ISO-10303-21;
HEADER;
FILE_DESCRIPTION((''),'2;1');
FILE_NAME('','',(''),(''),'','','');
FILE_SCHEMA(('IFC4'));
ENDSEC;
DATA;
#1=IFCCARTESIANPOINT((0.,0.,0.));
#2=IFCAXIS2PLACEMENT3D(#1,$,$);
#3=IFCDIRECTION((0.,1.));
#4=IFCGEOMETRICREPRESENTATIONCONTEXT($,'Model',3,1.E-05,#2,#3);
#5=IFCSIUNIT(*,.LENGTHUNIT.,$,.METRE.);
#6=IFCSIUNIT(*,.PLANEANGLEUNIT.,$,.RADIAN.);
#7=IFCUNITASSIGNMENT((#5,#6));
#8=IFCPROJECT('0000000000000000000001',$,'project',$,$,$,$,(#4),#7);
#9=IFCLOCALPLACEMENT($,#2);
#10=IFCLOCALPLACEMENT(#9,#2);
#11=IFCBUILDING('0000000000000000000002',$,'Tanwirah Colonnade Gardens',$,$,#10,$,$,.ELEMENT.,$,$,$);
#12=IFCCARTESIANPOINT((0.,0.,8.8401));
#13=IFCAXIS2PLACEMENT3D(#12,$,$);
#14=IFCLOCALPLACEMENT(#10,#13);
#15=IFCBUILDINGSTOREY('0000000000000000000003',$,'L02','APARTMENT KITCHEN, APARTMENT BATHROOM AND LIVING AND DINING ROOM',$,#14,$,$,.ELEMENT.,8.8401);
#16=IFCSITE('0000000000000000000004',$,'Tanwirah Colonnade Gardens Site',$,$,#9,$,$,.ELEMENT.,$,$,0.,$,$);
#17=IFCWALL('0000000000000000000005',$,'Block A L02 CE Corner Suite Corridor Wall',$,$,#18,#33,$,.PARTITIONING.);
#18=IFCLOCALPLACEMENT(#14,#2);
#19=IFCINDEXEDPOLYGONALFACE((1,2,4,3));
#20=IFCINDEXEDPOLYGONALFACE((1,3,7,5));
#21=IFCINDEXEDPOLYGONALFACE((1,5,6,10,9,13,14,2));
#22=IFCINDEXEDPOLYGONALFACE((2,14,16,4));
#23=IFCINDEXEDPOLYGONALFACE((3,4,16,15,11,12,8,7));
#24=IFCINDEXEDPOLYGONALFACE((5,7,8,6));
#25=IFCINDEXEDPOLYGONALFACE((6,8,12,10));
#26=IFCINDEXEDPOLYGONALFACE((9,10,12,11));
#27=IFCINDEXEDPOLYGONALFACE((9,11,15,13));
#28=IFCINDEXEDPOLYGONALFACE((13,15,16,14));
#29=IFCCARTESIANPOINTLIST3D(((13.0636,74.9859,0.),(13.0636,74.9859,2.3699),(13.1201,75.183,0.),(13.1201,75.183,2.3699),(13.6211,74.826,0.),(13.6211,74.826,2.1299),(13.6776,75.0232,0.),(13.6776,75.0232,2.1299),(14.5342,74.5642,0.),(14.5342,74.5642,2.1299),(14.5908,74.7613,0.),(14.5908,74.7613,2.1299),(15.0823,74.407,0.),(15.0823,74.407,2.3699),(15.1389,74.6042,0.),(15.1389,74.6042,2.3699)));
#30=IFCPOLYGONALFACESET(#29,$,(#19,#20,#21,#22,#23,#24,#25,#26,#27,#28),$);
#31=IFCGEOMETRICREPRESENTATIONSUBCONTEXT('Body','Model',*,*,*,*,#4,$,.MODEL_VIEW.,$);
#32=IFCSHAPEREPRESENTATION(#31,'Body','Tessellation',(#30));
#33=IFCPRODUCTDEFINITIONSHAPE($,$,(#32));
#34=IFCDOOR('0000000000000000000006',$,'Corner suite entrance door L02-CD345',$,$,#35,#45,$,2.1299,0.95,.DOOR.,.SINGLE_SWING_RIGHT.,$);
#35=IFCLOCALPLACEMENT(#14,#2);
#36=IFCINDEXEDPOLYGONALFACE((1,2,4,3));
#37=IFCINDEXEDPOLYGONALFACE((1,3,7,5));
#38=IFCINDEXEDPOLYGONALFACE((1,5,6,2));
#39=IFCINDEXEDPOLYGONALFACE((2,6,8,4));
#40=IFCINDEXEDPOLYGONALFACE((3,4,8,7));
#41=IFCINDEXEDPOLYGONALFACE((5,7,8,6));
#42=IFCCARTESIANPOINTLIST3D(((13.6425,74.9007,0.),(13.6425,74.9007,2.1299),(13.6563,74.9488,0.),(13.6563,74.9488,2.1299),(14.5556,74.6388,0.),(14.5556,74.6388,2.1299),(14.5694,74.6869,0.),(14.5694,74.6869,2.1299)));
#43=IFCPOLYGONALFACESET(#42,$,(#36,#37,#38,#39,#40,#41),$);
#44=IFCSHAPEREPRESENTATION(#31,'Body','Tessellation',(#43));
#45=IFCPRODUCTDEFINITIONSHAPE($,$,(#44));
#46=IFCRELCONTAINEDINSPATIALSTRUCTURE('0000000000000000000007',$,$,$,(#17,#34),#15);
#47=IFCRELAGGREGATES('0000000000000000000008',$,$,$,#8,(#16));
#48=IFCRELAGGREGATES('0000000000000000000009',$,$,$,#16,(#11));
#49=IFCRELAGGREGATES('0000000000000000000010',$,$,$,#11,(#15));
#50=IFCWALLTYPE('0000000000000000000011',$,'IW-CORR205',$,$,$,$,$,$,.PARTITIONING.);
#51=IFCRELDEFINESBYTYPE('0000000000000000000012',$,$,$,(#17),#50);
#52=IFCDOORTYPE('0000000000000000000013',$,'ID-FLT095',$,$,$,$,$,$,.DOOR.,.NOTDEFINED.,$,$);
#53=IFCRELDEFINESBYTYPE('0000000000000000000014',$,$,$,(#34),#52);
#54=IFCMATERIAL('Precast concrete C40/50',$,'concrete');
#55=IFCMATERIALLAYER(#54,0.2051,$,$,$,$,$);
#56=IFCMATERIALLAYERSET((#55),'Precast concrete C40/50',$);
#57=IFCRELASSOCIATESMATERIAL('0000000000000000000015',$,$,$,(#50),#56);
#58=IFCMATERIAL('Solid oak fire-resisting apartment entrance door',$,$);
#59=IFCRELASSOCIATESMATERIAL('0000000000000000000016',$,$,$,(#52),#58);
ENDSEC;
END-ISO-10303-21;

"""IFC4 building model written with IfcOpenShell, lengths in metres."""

from ifc_helpers import new_model, si_unit, direction, frame, frame_2d, origin, place, context, subcontext, project, spatial, rectangle, extrude, material, layer, layer_set, type_object, element, fill, save


model = new_model("IFC4")

# Units and contexts
model_context = context("Model", 3, precision=1e-05, world=origin(), true_north=direction((0.0, 1.0)))
body_context = subcontext(model_context, "Body", "Model", "MODEL_VIEW")
ifc_project = project(units=[si_unit("LENGTHUNIT", "METRE"), si_unit("PLANEANGLEUNIT", "RADIAN")], contexts=[model_context])

# Site, building, storey
site_placement = place(None, origin())
site = spatial("IfcSite", under=ifc_project, at=site_placement, Name="Tanwirah Colonnade Gardens Site", CompositionType="ELEMENT", RefElevation=0.0)
building_placement = place(site_placement, origin())
building = spatial("IfcBuilding", under=site, at=building_placement, Name="Tanwirah Colonnade Gardens", CompositionType="ELEMENT")
storey_placement = place(building_placement, frame((0.0, 0.0, 8.8401)))
storey = spatial("IfcBuildingStorey", under=building, at=storey_placement, Name="L02", Description="APARTMENT KITCHEN, APARTMENT BATHROOM AND LIVING AND DINING ROOM", CompositionType="ELEMENT", Elevation=8.8401)

# Shared definitions
ifc_material_1 = material(Name="Precast concrete C40/50", Category="concrete")

# Wall, opening, door
ifc_layer_1 = layer(ifc_material_1, 0.2051)
ifc_layer_set_1 = layer_set([ifc_layer_1], Name="Precast concrete C40/50")
wall_type_1 = type_object("IfcWallType", Name="IW-CORR205", PredefinedType="PARTITIONING", material=ifc_layer_set_1)
ifc_material_2 = material(Name="Solid oak fire-resisting apartment entrance door")
wall_1_placement = place(storey_placement, frame((15.1106, 74.5056, 0.0), z_axis=(0.0, 0.0, 1.0), x_axis=(-0.961265, 0.275627, 0.0)))
wall_1 = element("IfcWall", 1, at=wall_1_placement, inside=storey, type_object=wall_type_1, Name="Block A L02 CE Corner Suite Corridor Wall", PredefinedType="PARTITIONING", context=body_context, shape_type="SweptSolid", body=[
    extrude(rectangle(XDim=2.1001, YDim=0.2051, at=frame_2d((1.05, 0.0))), origin(), (0.0, 0.0, 1.0), 2.3699),
])
opening_1_placement = place(wall_1_placement, frame((0.5701, 0.0, 0.0)))
opening_1 = element("IfcOpeningElement", 2, at=opening_1_placement, cuts=wall_1, PredefinedType="OPENING", context=body_context, shape_type="SweptSolid", body=[
    extrude(rectangle(XDim=0.95, YDim=2.1299, at=frame_2d((0.4751, 1.0649))), frame((0.0, 0.1125, 0.0), z_axis=(0.0, -1.0, 0.0), x_axis=(1.0, 0.0, 0.0)), (0.0, 0.0, 1.0), 0.2251),
])
door_type_1 = type_object("IfcDoorType", Name="ID-FLT095", OperationType="NOTDEFINED", PredefinedType="DOOR", material=ifc_material_2)
door_1_placement = place(opening_1_placement, origin())
door_1 = element("IfcDoor", 3, at=door_1_placement, inside=storey, type_object=door_type_1, Name="Corner suite entrance door L02-CD345", OperationType="SINGLE_SWING_RIGHT", OverallHeight=2.1299, OverallWidth=0.95, PredefinedType="DOOR", context=body_context, shape_type="SweptSolid", body=[
    extrude(rectangle(XDim=0.95, YDim=2.1299, at=frame_2d((0.4751, 1.0649))), frame((0.0, 0.0249, 0.0), z_axis=(0.0, -1.0, 0.0), x_axis=(1.0, 0.0, 0.0)), (0.0, 0.0, 1.0), 0.05),
])
fill(opening_1, door_1)

save(model, "model.ifc")
